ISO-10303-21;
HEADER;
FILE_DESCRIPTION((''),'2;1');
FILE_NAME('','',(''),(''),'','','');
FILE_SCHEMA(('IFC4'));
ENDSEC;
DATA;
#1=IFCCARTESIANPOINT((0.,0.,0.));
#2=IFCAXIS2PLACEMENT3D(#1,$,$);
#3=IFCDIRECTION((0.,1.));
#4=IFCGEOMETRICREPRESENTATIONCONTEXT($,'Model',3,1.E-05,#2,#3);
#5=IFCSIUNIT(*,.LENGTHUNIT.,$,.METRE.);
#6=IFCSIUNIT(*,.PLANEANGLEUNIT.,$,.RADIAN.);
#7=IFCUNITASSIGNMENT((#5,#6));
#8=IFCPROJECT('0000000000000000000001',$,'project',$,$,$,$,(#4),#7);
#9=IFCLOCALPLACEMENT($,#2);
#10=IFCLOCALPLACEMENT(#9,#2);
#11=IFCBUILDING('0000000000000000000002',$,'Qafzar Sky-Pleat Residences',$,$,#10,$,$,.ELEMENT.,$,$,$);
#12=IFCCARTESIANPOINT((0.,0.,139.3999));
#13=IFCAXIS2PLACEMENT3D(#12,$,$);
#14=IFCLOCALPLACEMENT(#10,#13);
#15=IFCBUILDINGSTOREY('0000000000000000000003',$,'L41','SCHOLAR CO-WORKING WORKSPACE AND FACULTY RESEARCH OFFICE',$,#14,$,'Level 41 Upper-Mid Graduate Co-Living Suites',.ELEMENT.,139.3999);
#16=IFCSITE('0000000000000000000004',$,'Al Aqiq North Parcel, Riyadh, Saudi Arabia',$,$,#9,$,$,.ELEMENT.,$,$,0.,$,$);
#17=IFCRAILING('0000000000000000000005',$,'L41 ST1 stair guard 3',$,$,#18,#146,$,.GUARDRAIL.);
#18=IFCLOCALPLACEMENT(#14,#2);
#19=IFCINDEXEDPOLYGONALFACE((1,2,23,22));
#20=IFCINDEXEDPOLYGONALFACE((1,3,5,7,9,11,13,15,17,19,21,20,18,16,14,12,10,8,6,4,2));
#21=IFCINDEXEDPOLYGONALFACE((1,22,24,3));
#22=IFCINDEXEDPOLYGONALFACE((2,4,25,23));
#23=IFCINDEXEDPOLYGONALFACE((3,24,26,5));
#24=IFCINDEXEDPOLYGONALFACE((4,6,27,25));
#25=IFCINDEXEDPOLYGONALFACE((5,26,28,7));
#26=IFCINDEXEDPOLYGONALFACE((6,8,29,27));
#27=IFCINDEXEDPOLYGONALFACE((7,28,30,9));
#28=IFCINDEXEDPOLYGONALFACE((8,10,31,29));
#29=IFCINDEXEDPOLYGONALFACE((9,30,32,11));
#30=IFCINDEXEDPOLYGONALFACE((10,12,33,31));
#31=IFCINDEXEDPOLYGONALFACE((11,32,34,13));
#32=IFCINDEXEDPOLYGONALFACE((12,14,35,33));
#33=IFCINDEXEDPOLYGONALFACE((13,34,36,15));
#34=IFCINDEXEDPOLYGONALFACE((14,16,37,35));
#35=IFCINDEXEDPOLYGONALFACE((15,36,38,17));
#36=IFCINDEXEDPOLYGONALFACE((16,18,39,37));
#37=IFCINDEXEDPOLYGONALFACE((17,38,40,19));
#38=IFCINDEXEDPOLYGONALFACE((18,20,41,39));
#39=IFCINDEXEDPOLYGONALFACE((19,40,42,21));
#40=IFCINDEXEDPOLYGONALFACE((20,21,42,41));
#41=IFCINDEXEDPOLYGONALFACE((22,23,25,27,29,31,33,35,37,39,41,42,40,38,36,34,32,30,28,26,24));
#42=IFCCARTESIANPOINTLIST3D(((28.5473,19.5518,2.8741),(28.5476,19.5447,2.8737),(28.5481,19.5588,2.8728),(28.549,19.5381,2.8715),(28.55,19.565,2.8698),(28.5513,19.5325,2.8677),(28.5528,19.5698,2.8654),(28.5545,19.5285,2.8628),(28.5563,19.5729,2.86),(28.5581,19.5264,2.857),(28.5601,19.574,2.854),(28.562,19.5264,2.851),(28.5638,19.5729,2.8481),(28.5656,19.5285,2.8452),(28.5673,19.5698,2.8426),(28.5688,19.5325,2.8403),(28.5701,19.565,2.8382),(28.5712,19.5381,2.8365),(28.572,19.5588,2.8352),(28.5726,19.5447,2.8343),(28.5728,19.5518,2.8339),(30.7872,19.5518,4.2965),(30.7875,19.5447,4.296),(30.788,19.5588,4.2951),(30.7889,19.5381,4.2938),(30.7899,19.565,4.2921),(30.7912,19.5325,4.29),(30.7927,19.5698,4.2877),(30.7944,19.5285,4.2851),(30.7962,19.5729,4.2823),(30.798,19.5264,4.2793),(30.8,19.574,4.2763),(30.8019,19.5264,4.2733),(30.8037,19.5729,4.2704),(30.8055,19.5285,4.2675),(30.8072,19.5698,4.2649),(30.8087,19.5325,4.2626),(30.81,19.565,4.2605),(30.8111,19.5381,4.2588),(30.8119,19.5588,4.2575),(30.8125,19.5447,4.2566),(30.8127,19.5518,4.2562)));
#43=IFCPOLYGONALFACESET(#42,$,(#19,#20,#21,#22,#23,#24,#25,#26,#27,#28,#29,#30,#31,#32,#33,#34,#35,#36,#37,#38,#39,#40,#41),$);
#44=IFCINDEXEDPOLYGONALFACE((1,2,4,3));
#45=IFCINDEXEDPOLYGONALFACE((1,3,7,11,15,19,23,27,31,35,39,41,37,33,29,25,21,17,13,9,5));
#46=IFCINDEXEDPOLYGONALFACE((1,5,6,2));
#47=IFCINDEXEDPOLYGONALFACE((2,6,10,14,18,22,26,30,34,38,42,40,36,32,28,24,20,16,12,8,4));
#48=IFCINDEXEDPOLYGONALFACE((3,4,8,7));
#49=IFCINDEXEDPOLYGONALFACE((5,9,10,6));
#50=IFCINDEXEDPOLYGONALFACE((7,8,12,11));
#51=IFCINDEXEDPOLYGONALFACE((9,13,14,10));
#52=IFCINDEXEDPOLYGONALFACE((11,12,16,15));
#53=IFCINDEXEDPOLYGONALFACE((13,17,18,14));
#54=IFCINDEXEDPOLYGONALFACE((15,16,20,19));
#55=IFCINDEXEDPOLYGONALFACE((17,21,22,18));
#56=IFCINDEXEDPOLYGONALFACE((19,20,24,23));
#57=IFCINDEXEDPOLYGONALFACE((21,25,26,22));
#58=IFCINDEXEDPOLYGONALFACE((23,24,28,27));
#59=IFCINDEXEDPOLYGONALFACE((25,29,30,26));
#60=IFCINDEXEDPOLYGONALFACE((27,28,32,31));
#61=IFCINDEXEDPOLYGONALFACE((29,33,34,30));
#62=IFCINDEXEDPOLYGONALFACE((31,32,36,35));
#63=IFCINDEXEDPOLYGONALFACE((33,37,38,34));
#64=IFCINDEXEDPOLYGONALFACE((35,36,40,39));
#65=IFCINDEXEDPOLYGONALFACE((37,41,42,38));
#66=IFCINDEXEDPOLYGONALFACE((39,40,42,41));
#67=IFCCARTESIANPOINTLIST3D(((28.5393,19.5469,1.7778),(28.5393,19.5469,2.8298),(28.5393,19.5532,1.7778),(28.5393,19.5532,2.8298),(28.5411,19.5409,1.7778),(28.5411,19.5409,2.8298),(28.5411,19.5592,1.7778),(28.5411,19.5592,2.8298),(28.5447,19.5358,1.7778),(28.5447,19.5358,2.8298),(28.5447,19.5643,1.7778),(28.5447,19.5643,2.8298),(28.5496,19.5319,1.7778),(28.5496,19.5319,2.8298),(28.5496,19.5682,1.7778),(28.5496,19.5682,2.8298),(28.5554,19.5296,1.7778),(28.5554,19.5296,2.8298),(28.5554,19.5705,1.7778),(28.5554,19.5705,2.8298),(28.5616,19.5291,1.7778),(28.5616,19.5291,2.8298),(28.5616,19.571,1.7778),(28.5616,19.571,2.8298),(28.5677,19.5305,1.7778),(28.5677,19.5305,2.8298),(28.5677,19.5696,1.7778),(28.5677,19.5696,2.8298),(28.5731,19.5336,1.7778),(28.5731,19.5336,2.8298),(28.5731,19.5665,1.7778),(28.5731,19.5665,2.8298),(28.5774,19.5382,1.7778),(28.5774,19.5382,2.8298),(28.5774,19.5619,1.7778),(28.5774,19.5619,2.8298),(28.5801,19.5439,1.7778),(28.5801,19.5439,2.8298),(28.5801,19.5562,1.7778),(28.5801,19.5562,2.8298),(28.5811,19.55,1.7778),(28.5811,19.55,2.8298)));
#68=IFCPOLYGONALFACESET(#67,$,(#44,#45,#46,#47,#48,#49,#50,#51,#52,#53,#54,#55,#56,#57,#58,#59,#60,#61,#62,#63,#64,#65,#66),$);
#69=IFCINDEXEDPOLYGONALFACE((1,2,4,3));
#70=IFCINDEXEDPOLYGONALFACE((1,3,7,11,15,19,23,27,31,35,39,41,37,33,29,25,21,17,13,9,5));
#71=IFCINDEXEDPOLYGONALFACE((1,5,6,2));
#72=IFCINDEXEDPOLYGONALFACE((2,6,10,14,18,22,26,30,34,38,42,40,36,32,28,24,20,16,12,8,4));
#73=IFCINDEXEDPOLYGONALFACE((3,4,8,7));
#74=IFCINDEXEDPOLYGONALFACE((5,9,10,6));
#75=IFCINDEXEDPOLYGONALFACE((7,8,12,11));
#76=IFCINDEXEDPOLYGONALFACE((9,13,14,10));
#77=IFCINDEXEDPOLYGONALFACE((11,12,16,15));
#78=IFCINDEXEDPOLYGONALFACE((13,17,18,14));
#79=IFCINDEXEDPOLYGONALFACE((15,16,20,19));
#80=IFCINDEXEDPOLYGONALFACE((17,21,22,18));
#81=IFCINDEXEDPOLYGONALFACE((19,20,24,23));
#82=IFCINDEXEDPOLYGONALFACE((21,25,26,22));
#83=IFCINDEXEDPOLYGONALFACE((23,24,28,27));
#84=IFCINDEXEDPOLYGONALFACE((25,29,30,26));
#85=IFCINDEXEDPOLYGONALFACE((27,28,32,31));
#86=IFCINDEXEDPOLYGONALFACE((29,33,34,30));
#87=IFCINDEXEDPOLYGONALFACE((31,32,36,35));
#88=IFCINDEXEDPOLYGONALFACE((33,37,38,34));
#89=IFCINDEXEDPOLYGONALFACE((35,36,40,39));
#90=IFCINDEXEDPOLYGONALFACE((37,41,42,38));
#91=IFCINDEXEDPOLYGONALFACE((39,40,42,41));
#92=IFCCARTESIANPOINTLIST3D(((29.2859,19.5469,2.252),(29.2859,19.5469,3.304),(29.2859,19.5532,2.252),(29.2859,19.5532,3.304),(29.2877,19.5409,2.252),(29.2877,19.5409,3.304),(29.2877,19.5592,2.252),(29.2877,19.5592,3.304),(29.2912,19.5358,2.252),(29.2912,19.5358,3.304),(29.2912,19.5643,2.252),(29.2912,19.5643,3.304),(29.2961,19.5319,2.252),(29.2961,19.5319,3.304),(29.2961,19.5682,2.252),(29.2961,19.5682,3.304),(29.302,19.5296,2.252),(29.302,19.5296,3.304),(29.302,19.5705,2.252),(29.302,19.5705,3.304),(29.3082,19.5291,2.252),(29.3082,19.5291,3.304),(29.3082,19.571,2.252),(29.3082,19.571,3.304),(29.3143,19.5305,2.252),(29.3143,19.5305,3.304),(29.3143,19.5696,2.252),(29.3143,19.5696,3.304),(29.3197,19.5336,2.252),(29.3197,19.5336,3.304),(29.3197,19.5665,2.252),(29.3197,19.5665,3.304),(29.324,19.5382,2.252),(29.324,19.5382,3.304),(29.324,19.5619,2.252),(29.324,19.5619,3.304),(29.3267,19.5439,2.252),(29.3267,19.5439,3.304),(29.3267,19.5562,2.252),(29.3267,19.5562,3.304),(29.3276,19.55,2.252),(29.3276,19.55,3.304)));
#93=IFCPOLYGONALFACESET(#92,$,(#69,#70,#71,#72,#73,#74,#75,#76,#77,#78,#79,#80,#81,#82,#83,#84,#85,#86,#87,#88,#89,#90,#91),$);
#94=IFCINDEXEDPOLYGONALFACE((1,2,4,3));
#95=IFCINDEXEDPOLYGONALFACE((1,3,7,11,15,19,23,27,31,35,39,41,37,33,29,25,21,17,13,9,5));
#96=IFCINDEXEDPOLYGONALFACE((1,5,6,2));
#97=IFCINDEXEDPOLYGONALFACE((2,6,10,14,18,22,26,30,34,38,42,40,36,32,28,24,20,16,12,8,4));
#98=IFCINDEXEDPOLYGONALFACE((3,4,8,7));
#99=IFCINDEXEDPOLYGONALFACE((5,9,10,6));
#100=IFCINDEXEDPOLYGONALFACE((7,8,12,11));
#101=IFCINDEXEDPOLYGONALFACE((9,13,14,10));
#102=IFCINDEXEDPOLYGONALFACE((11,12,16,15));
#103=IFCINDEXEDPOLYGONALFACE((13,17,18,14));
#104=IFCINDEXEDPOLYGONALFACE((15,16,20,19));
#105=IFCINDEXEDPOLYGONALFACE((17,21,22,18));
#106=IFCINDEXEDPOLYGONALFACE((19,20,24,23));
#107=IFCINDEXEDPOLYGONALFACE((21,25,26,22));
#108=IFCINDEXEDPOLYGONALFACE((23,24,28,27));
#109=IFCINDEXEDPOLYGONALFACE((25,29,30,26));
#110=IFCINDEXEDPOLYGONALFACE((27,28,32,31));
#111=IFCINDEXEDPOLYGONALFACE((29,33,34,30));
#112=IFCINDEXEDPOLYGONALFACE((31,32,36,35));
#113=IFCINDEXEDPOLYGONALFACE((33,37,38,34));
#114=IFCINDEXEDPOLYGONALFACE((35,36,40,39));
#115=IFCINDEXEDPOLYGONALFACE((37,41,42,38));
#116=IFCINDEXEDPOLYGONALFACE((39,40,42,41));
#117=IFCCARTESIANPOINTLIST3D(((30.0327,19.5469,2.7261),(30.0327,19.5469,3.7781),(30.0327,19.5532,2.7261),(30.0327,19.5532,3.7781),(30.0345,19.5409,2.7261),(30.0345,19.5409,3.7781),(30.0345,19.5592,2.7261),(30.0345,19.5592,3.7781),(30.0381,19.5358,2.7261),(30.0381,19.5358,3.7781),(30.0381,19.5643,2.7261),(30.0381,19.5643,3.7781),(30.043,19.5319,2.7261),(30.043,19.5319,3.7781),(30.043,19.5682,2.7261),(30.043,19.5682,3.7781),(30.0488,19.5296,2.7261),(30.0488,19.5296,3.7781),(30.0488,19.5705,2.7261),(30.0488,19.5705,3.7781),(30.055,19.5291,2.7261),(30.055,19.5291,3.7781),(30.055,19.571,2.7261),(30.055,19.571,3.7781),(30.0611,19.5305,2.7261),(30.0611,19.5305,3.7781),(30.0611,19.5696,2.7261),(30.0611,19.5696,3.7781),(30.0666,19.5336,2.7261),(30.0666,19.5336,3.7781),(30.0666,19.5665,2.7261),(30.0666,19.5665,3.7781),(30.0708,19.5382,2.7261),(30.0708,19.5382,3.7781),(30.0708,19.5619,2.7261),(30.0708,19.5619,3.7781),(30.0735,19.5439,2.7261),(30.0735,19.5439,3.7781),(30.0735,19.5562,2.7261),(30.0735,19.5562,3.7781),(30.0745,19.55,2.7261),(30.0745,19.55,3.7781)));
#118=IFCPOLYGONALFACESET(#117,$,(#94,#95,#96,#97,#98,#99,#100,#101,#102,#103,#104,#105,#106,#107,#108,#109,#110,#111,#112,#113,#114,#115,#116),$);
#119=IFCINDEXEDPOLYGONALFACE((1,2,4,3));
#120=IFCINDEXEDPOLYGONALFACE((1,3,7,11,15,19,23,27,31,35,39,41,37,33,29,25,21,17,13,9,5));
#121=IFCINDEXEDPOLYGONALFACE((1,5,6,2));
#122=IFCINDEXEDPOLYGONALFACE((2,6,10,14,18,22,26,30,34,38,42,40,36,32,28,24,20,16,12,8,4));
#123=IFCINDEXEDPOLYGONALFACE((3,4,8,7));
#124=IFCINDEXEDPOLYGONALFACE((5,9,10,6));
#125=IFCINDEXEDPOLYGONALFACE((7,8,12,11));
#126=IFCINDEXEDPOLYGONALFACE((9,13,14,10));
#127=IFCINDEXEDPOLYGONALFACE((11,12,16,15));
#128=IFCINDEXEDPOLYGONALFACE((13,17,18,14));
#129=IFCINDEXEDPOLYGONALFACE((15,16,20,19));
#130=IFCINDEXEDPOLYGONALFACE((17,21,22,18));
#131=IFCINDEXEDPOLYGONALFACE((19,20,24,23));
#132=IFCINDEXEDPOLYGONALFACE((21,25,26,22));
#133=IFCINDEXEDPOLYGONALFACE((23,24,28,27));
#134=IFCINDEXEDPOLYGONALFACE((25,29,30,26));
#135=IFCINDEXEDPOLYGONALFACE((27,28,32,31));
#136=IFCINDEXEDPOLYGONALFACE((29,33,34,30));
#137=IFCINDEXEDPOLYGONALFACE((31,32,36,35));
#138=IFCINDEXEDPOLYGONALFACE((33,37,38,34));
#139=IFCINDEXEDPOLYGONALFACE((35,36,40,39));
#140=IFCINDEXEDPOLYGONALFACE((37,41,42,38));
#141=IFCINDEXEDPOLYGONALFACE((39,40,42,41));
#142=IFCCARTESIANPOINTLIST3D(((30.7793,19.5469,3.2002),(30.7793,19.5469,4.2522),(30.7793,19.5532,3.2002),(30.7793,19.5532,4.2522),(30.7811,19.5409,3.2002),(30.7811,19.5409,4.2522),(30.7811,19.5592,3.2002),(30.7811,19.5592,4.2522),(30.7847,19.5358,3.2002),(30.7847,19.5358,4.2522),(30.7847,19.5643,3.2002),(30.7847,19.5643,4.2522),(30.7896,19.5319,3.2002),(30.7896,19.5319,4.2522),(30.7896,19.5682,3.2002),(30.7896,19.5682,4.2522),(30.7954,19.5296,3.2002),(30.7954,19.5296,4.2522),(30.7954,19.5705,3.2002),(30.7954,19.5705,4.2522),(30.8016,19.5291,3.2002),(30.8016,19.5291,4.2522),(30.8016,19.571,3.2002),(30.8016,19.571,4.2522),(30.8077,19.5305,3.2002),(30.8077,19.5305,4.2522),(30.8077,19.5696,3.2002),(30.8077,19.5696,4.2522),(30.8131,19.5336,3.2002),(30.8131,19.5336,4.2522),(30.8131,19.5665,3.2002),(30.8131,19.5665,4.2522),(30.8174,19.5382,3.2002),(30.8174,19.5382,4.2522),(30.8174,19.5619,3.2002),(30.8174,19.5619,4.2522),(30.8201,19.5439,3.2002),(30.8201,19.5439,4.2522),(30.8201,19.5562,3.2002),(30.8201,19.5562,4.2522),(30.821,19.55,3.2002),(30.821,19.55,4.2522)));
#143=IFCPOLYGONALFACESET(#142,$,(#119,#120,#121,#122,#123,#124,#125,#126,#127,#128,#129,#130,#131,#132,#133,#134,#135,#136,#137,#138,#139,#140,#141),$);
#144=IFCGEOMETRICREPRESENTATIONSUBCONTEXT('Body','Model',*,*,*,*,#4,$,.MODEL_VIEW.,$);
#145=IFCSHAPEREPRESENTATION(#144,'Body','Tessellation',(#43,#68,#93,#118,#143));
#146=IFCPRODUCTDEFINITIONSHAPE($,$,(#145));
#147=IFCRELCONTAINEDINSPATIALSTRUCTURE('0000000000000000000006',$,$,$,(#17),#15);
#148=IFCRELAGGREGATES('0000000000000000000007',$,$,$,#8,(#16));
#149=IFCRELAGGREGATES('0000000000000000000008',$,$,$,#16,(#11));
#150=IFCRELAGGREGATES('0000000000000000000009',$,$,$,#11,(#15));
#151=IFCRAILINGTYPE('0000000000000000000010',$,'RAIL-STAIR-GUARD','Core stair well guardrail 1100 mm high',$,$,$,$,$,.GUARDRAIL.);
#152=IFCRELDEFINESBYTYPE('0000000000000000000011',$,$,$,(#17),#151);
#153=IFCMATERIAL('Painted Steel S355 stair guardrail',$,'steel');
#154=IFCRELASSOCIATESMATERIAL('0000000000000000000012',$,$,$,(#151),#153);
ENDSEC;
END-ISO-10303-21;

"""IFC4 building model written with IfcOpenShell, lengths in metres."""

from ifc_helpers import new_model, si_unit, direction, frame, origin, origin_2d, place, context, subcontext, project, spatial, circle, extrude, source, transform, mapped, material, type_object, element, save


model = new_model("IFC4")

# Units and contexts
model_context = context("Model", 3, precision=1e-05, world=origin(), true_north=direction((0.0, 1.0)))
body_context = subcontext(model_context, "Body", "Model", "MODEL_VIEW")
ifc_project = project(units=[si_unit("LENGTHUNIT", "METRE"), si_unit("PLANEANGLEUNIT", "RADIAN")], contexts=[model_context])

# Site, building, storey
site_placement = place(None, origin())
site = spatial("IfcSite", under=ifc_project, at=site_placement, Name="Al Aqiq North Parcel, Riyadh, Saudi Arabia", CompositionType="ELEMENT", RefElevation=0.0)
building_placement = place(site_placement, origin())
building = spatial("IfcBuilding", under=site, at=building_placement, Name="Qafzar Sky-Pleat Residences", CompositionType="ELEMENT")
storey_placement = place(building_placement, frame((0.0, 0.0, 139.3999)))
storey = spatial("IfcBuildingStorey", under=building, at=storey_placement, Name="L41", Description="SCHOLAR CO-WORKING WORKSPACE AND FACULTY RESEARCH OFFICE", LongName="Level 41 Upper-Mid Graduate Co-Living Suites", CompositionType="ELEMENT", Elevation=139.3999)

# Railing
ifc_material_1 = material(Name="Painted Steel S355 stair guardrail", Category="steel")
railing_type_1 = type_object("IfcRailingType", Name="RAIL-STAIR-GUARD", Description="Core stair well guardrail 1100 mm high", PredefinedType="GUARDRAIL", material=ifc_material_1)
shared_shape_1 = source(origin(), body_context, "Body", "SweptSolid", [
    extrude(circle(Radius=0.0239, at=origin_2d()), frame((0.0, 0.0, 1.0762), z_axis=(0.844188, 0.0, 0.536048), x_axis=(0.0, 1.0, 0.0)), (0.0, 0.0, 1.0), 2.6533),
    extrude(circle(Radius=0.021, at=origin_2d()), origin(), (0.0, 0.0, 1.0), 1.052),
    extrude(circle(Radius=0.021, at=origin_2d()), frame((0.7466, 0.0, 0.4741)), (0.0, 0.0, 1.0), 1.052),
    extrude(circle(Radius=0.021, at=origin_2d()), frame((1.4934, 0.0, 0.9482)), (0.0, 0.0, 1.0), 1.052),
    extrude(circle(Radius=0.021, at=origin_2d()), frame((2.24, 0.0, 1.4224)), (0.0, 0.0, 1.0), 1.052),
])
railing_1_placement = place(storey_placement, frame((28.5601, 19.55, 1.7778)))
element("IfcRailing", 1, at=railing_1_placement, inside=storey, type_object=railing_type_1, Name="L41 ST1 stair guard 3", PredefinedType="GUARDRAIL", context=body_context, shape_type="MappedRepresentation", body=[
    mapped(shared_shape_1, transform((0.0, 0.0, 0.0), x_axis=(1.0, 0.0, 0.0), y_axis=(0.0, 1.0, 0.0), z_axis=(0.0, 0.0, 1.0), scale=1.0)),
])

save(model, "model.ifc")
